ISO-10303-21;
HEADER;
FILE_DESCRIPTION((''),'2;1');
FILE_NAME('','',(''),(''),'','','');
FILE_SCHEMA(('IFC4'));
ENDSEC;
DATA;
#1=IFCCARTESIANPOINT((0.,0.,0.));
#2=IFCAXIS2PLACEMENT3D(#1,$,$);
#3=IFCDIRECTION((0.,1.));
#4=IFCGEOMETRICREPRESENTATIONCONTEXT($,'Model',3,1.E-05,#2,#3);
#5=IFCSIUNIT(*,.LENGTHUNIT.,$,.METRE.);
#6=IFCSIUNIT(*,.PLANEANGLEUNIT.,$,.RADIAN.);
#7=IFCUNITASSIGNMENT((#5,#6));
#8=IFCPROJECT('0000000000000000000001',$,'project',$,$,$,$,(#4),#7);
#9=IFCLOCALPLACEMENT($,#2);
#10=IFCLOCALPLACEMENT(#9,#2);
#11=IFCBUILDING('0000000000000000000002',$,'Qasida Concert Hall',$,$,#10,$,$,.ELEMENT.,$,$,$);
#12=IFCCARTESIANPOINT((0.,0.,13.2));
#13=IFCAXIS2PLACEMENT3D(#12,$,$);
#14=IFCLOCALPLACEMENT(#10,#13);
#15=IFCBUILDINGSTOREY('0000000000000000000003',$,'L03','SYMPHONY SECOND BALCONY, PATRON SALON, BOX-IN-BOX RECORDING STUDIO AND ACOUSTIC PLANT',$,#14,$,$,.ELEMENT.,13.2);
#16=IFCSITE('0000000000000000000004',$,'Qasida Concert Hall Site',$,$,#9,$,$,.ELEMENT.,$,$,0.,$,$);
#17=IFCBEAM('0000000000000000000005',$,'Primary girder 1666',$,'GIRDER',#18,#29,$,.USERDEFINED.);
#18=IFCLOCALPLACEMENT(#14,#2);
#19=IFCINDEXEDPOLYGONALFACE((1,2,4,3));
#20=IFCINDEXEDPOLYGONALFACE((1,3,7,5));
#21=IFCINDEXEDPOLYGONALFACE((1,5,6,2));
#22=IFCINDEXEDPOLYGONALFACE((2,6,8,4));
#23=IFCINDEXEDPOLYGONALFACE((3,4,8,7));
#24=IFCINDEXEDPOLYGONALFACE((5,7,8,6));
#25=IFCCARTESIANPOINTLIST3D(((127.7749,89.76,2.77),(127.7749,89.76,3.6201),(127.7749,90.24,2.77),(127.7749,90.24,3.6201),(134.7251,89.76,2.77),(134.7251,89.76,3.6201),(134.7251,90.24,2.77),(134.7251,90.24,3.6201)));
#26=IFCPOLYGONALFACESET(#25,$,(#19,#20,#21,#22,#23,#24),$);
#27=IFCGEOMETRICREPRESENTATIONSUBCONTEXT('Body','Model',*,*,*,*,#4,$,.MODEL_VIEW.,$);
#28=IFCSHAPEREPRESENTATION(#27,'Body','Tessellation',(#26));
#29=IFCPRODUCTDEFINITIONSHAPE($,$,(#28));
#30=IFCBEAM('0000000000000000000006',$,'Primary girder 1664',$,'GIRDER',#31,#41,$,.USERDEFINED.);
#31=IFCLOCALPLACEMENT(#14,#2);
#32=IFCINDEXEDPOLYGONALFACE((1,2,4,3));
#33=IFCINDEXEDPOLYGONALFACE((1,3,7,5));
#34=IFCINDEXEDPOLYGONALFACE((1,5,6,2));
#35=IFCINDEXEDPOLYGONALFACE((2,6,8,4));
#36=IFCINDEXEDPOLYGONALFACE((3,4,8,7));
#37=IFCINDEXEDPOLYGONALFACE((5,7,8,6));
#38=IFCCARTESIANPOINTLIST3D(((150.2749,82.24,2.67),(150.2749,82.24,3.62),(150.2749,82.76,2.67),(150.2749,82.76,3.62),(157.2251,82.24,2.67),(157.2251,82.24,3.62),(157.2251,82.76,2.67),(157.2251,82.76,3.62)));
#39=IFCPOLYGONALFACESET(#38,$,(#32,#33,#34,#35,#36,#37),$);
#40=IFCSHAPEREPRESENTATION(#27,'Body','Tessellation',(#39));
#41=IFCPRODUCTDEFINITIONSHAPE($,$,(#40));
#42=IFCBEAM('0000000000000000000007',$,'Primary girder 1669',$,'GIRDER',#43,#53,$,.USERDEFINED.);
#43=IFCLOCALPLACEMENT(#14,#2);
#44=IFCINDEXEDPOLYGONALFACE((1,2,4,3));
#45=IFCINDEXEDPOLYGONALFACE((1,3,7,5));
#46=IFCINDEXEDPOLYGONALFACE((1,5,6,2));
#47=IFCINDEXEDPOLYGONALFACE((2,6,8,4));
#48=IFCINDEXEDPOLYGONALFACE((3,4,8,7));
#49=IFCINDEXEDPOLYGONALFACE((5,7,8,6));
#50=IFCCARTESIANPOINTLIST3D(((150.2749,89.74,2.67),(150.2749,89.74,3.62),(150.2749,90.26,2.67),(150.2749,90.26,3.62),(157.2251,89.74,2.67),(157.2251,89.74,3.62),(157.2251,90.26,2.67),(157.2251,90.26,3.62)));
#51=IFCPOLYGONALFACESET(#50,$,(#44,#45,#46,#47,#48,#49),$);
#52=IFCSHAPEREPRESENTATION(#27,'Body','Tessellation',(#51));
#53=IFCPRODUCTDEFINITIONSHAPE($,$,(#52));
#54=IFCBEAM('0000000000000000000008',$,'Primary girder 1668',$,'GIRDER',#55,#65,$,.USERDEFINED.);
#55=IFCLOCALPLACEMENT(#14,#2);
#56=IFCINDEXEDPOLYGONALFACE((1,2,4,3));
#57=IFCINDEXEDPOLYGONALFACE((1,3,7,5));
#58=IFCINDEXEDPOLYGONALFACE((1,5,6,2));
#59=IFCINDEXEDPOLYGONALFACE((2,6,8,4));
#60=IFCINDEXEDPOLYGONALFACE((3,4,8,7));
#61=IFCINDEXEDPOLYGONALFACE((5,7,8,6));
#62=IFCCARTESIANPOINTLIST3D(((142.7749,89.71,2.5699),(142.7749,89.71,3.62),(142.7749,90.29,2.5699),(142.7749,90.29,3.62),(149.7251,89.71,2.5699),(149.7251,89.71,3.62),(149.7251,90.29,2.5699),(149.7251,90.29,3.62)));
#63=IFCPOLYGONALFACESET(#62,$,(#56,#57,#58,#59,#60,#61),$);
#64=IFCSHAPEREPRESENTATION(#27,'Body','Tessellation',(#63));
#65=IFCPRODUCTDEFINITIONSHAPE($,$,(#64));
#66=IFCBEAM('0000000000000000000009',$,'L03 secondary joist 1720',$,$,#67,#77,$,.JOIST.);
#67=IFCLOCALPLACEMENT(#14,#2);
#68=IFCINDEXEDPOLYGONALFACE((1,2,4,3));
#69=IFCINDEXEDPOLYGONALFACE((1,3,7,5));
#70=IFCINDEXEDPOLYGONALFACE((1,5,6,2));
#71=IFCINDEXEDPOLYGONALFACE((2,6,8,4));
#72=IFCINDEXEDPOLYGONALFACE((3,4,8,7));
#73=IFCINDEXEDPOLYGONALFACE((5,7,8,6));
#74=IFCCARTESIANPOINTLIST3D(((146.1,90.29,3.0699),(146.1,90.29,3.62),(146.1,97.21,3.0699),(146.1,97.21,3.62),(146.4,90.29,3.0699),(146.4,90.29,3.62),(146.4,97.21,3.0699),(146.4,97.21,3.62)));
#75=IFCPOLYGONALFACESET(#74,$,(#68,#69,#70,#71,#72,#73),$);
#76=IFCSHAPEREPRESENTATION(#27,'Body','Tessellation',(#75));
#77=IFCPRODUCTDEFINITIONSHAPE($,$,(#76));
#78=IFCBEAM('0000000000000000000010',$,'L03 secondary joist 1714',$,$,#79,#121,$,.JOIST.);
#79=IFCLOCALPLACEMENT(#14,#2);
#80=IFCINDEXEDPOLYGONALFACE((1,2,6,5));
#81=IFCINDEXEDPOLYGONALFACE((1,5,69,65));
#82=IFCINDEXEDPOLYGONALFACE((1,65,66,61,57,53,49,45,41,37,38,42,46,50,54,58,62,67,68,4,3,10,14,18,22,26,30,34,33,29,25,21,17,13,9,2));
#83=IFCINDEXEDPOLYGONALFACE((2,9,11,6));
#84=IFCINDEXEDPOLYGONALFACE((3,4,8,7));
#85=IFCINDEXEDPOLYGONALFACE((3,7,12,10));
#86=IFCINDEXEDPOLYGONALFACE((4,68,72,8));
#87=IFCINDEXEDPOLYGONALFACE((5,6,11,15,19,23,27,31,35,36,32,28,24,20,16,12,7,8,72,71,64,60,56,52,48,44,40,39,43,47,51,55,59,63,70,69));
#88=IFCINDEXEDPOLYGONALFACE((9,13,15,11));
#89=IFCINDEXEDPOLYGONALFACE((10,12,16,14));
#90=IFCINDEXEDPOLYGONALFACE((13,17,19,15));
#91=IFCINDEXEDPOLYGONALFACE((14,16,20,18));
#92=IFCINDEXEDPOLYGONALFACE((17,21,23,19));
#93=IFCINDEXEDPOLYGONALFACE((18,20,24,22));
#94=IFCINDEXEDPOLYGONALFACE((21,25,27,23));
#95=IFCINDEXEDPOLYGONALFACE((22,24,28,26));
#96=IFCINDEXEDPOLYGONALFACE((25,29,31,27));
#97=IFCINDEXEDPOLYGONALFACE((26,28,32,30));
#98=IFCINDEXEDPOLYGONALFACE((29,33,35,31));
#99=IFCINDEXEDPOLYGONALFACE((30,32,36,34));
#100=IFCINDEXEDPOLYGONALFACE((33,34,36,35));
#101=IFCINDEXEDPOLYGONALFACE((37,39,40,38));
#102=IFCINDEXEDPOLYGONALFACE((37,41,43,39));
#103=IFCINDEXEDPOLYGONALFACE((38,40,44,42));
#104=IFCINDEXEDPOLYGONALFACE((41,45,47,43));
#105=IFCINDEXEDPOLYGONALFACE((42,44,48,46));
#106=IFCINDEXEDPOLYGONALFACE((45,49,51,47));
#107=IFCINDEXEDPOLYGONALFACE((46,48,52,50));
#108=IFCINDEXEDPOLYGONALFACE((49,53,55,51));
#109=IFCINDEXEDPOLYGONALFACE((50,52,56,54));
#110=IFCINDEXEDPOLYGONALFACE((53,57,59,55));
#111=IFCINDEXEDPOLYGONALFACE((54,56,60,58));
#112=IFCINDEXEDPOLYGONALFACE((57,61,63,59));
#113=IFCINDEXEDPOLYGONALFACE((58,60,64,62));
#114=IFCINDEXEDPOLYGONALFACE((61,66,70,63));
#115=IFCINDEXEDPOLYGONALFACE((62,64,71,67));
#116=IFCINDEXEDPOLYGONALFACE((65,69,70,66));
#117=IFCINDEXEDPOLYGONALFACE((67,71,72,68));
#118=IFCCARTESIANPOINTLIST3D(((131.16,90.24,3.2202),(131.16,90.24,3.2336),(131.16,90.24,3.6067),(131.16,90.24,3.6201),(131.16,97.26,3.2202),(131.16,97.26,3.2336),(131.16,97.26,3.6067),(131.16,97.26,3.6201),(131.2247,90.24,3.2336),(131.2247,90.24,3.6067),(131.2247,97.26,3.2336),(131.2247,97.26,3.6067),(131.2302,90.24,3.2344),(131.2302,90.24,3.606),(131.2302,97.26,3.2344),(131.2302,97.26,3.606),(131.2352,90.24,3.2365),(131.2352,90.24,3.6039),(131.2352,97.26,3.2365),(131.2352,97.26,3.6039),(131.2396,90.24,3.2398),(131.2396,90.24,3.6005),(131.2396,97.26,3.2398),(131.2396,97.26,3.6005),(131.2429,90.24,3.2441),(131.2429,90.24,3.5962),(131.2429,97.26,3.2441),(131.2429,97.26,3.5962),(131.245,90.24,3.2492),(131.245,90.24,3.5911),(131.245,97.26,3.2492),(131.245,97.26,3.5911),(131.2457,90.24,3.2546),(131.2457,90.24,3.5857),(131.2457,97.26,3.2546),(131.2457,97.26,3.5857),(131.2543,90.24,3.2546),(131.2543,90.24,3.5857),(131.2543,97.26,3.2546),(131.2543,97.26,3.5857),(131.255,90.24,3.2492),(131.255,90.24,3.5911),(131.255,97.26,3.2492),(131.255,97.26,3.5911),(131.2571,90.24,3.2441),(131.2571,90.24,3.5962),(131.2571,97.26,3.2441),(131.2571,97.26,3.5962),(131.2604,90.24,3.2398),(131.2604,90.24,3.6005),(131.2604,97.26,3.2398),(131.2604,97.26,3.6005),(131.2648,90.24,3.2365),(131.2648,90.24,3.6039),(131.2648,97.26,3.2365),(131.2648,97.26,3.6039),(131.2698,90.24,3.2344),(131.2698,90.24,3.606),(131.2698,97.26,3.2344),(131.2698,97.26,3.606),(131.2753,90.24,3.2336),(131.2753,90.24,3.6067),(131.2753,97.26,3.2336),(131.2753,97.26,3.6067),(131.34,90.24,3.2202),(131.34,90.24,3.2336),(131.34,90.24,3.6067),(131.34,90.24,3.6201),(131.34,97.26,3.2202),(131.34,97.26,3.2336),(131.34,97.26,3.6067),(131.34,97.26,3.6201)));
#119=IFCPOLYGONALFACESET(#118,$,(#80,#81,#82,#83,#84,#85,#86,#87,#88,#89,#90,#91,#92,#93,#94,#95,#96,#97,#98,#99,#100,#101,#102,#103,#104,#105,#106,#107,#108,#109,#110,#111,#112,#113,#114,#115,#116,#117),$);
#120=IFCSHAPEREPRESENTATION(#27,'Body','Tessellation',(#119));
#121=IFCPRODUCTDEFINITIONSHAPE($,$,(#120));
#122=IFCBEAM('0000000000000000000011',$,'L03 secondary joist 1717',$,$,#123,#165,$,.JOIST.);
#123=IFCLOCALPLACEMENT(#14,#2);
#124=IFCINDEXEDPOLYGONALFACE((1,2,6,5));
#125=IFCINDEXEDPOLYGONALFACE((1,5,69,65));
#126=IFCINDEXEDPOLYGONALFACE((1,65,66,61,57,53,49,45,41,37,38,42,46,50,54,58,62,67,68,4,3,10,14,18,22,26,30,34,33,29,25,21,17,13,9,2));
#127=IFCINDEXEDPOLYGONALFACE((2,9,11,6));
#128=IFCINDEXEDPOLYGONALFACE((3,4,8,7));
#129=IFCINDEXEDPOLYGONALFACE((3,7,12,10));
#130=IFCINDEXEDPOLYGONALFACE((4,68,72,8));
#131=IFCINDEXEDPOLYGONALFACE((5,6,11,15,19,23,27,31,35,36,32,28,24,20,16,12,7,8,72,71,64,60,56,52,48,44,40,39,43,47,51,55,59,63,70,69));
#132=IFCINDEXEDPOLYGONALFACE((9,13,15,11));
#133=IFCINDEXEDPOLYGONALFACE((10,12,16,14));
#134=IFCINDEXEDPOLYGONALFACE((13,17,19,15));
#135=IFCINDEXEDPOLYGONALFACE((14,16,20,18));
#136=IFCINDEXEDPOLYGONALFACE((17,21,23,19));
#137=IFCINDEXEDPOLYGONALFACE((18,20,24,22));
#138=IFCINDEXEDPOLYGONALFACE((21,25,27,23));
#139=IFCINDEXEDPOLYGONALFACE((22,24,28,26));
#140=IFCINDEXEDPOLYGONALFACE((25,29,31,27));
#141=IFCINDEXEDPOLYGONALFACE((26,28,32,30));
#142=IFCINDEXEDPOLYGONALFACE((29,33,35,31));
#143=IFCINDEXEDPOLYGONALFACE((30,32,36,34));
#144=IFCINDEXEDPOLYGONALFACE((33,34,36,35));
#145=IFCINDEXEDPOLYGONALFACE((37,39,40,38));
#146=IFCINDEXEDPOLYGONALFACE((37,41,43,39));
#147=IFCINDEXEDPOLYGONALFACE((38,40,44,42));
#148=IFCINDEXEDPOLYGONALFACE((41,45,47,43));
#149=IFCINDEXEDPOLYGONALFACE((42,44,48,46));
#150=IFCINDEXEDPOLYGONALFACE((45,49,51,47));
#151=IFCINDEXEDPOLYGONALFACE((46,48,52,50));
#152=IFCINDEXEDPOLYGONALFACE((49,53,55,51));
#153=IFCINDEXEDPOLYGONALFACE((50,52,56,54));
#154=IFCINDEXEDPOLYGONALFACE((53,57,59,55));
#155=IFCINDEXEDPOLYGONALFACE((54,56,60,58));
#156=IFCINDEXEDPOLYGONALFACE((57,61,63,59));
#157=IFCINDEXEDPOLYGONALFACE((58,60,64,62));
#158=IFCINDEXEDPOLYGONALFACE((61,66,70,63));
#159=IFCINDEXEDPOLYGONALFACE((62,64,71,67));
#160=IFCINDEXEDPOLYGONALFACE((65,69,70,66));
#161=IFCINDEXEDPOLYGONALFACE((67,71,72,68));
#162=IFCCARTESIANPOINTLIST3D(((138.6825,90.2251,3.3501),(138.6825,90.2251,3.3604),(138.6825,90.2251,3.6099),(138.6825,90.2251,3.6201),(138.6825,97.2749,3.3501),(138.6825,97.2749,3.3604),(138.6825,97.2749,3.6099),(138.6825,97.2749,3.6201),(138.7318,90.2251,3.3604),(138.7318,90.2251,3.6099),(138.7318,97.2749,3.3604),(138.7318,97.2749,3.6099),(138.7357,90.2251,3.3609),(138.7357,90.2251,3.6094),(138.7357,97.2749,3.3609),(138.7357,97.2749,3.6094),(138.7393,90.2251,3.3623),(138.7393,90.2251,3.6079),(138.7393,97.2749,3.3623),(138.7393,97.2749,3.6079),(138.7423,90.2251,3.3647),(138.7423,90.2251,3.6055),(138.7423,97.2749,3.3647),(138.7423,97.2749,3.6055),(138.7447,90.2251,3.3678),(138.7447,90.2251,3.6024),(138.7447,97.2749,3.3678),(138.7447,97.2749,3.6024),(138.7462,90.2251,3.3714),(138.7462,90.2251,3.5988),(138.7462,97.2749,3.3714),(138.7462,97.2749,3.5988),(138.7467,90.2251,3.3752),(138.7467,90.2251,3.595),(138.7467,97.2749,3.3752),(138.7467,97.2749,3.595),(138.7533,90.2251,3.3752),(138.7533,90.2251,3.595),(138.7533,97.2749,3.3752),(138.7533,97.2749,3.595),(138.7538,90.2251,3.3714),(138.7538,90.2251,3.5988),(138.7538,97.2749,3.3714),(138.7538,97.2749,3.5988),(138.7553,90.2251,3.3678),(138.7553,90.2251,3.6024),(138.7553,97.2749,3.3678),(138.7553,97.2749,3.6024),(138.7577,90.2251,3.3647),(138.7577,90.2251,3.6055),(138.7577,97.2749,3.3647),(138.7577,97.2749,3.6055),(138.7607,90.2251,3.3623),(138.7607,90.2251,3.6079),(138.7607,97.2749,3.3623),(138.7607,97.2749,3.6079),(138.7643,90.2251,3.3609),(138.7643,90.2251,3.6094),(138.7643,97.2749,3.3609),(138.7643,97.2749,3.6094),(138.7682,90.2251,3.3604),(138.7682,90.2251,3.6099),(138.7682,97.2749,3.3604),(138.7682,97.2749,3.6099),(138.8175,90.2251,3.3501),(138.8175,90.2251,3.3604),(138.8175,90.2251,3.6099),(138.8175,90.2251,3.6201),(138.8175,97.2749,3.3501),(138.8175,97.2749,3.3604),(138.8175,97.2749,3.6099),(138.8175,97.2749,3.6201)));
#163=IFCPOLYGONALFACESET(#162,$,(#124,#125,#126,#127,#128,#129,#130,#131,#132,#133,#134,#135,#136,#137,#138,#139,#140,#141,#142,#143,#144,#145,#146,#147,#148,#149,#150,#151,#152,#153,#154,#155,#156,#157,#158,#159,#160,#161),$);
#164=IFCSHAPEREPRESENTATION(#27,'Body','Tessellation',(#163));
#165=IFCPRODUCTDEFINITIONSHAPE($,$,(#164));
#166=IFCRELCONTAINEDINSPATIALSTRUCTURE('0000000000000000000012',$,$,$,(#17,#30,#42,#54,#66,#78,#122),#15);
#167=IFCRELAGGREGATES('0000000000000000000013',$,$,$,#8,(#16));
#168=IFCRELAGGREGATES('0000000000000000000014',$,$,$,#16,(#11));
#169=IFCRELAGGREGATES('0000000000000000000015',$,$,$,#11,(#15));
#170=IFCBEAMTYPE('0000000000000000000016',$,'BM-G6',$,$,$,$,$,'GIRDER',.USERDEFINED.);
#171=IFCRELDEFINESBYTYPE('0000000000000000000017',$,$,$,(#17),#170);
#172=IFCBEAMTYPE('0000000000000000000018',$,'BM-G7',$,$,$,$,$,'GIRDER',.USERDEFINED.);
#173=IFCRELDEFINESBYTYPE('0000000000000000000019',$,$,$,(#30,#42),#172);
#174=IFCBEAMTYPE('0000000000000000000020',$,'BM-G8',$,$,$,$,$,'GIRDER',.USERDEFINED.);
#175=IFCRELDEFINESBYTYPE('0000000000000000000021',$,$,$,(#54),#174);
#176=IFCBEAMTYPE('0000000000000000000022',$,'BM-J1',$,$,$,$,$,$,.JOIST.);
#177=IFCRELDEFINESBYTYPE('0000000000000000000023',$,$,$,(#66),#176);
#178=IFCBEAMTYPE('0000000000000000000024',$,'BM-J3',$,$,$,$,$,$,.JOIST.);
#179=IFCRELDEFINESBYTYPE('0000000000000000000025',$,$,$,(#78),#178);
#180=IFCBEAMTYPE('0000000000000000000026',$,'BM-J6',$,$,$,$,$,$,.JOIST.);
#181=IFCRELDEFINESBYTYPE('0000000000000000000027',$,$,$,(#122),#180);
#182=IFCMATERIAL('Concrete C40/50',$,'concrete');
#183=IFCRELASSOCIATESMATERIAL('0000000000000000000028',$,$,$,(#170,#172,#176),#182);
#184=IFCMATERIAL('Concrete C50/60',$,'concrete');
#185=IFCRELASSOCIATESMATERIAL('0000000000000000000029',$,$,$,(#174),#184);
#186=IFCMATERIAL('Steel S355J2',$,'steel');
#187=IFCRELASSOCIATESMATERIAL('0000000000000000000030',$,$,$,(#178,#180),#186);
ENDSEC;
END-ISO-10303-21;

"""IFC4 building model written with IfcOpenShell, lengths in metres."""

from ifc_helpers import new_model, si_unit, direction, frame, origin, origin_2d, place, context, subcontext, project, spatial, rectangle, i_section, extrude, material, material_profile, profile_set, type_object, element, save


model = new_model("IFC4")

# Units and contexts
model_context = context("Model", 3, precision=1e-05, world=origin(), true_north=direction((0.0, 1.0)))
body_context = subcontext(model_context, "Body", "Model", "MODEL_VIEW")
ifc_project = project(units=[si_unit("LENGTHUNIT", "METRE"), si_unit("PLANEANGLEUNIT", "RADIAN")], contexts=[model_context])

# Site, building, storey
site_placement = place(None, origin())
site = spatial("IfcSite", under=ifc_project, at=site_placement, Name="Qasida Concert Hall Site", CompositionType="ELEMENT", RefElevation=0.0)
building_placement = place(site_placement, origin())
building = spatial("IfcBuilding", under=site, at=building_placement, Name="Qasida Concert Hall", CompositionType="ELEMENT")
storey_placement = place(building_placement, frame((0.0, 0.0, 13.2)))
storey = spatial("IfcBuildingStorey", under=building, at=storey_placement, Name="L03", Description="SYMPHONY SECOND BALCONY, PATRON SALON, BOX-IN-BOX RECORDING STUDIO AND ACOUSTIC PLANT", CompositionType="ELEMENT", Elevation=13.2)

# Shared definitions
ifc_material_1 = material(Name="Concrete C50/60", Category="concrete")

# Beams
ifc_material_2 = material(Name="Concrete C40/50", Category="concrete")
ifc_material_3 = material(Name="Steel S355J2", Category="steel")
ifc_material_profile_1 = material_profile(ifc_material_2, rectangle(XDim=0.48, YDim=0.8501, at=origin_2d()), Name="RC 480x850")
ifc_profile_set_1 = profile_set([ifc_material_profile_1], Name="Concrete C40/50")
beam_type_1 = type_object("IfcBeamType", Name="BM-G6", ElementType="GIRDER", PredefinedType="USERDEFINED", material=ifc_profile_set_1)
beam_1_placement = place(storey_placement, frame((127.7749, 90.0, 3.1951), z_axis=(1.0, 0.0, 0.0), x_axis=(0.0, 1.0, 0.0)))
element("IfcBeam", 1, at=beam_1_placement, inside=storey, type_object=beam_type_1, Name="Primary girder 1666", ObjectType="GIRDER", PredefinedType="USERDEFINED", context=body_context, shape_type="SweptSolid", body=[
    extrude(rectangle(XDim=0.48, YDim=0.8501, at=origin_2d()), origin(), (0.0, 0.0, 1.0), 6.9502),
])
ifc_material_profile_2 = material_profile(ifc_material_2, rectangle(XDim=0.52, YDim=0.95, at=origin_2d()), Name="RC 520x950")
ifc_profile_set_2 = profile_set([ifc_material_profile_2], Name="Concrete C40/50")
beam_type_2 = type_object("IfcBeamType", Name="BM-G7", ElementType="GIRDER", PredefinedType="USERDEFINED", material=ifc_profile_set_2)
for number, where, z_axis, x_axis, name in (
    (2, (150.2749, 82.5, 3.145), (1.0, 0.0, 0.0), (0.0, 1.0, 0.0), "Primary girder 1664"),
    (3, (150.2749, 90.0, 3.145), (1.0, 0.0, 0.0), (0.0, 1.0, 0.0), "Primary girder 1669"),
):
    element("IfcBeam", number, at=place(storey_placement, frame(where, z_axis=z_axis, x_axis=x_axis)), inside=storey, type_object=beam_type_2, Name=name, ObjectType="GIRDER", PredefinedType="USERDEFINED", context=body_context, shape_type="SweptSolid", body=[
        extrude(rectangle(XDim=0.52, YDim=0.95, at=origin_2d()), origin(), (0.0, 0.0, 1.0), 6.9502),
    ])
ifc_material_profile_3 = material_profile(ifc_material_1, rectangle(XDim=0.5801, YDim=1.05, at=origin_2d()), Name="RC 580x1050")
ifc_profile_set_3 = profile_set([ifc_material_profile_3], Name="Concrete C50/60")
beam_type_3 = type_object("IfcBeamType", Name="BM-G8", ElementType="GIRDER", PredefinedType="USERDEFINED", material=ifc_profile_set_3)
beam_2_placement = place(storey_placement, frame((142.7749, 90.0, 3.095), z_axis=(1.0, 0.0, 0.0), x_axis=(0.0, 1.0, 0.0)))
element("IfcBeam", 4, at=beam_2_placement, inside=storey, type_object=beam_type_3, Name="Primary girder 1668", ObjectType="GIRDER", PredefinedType="USERDEFINED", context=body_context, shape_type="SweptSolid", body=[
    extrude(rectangle(XDim=0.5801, YDim=1.05, at=origin_2d()), origin(), (0.0, 0.0, 1.0), 6.9502),
])
ifc_material_profile_4 = material_profile(ifc_material_2, rectangle(XDim=0.3, YDim=0.55, at=origin_2d()), Name="RC 300x550")
ifc_profile_set_4 = profile_set([ifc_material_profile_4], Name="Concrete C40/50")
beam_type_4 = type_object("IfcBeamType", Name="BM-J1", PredefinedType="JOIST", material=ifc_profile_set_4)
beam_3_placement = place(storey_placement, frame((146.25, 90.29, 3.345), z_axis=(0.0, 1.0, 0.0), x_axis=(-1.0, 0.0, 0.0)))
element("IfcBeam", 5, at=beam_3_placement, inside=storey, type_object=beam_type_4, Name="L03 secondary joist 1720", PredefinedType="JOIST", context=body_context, shape_type="SweptSolid", body=[
    extrude(rectangle(XDim=0.3, YDim=0.55, at=origin_2d()), origin(), (0.0, 0.0, 1.0), 6.9199),
])
ifc_material_profile_5 = material_profile(ifc_material_3, i_section(OverallWidth=0.1799, OverallDepth=0.3999, WebThickness=0.0085, FlangeThickness=0.0134, FilletRadius=0.021, at=origin_2d()), Name="IPE 400")
ifc_profile_set_5 = profile_set([ifc_material_profile_5], Name="Steel S355J2")
beam_type_5 = type_object("IfcBeamType", Name="BM-J3", PredefinedType="JOIST", material=ifc_profile_set_5)
beam_4_placement = place(storey_placement, frame((131.25, 90.24, 3.4202), z_axis=(0.0, 1.0, 0.0), x_axis=(-1.0, 0.0, 0.0)))
element("IfcBeam", 6, at=beam_4_placement, inside=storey, type_object=beam_type_5, Name="L03 secondary joist 1714", PredefinedType="JOIST", context=body_context, shape_type="SweptSolid", body=[
    extrude(i_section(OverallWidth=0.1799, OverallDepth=0.3999, WebThickness=0.0085, FlangeThickness=0.0134, FilletRadius=0.021, at=origin_2d()), origin(), (0.0, 0.0, 1.0), 7.02),
])
ifc_material_profile_6 = material_profile(ifc_material_3, i_section(OverallWidth=0.135, OverallDepth=0.27, WebThickness=0.0066, FlangeThickness=0.0103, FilletRadius=0.0149, at=origin_2d()), Name="IPE 270")
ifc_profile_set_6 = profile_set([ifc_material_profile_6], Name="Steel S355J2")
beam_type_6 = type_object("IfcBeamType", Name="BM-J6", PredefinedType="JOIST", material=ifc_profile_set_6)
beam_5_placement = place(storey_placement, frame((138.75, 90.2251, 3.4851), z_axis=(0.0, 1.0, 0.0), x_axis=(-1.0, 0.0, 0.0)))
element("IfcBeam", 7, at=beam_5_placement, inside=storey, type_object=beam_type_6, Name="L03 secondary joist 1717", PredefinedType="JOIST", context=body_context, shape_type="SweptSolid", body=[
    extrude(i_section(OverallWidth=0.135, OverallDepth=0.27, WebThickness=0.0066, FlangeThickness=0.0103, FilletRadius=0.0149, at=origin_2d()), origin(), (0.0, 0.0, 1.0), 7.0498),
])

save(model, "model.ifc")
